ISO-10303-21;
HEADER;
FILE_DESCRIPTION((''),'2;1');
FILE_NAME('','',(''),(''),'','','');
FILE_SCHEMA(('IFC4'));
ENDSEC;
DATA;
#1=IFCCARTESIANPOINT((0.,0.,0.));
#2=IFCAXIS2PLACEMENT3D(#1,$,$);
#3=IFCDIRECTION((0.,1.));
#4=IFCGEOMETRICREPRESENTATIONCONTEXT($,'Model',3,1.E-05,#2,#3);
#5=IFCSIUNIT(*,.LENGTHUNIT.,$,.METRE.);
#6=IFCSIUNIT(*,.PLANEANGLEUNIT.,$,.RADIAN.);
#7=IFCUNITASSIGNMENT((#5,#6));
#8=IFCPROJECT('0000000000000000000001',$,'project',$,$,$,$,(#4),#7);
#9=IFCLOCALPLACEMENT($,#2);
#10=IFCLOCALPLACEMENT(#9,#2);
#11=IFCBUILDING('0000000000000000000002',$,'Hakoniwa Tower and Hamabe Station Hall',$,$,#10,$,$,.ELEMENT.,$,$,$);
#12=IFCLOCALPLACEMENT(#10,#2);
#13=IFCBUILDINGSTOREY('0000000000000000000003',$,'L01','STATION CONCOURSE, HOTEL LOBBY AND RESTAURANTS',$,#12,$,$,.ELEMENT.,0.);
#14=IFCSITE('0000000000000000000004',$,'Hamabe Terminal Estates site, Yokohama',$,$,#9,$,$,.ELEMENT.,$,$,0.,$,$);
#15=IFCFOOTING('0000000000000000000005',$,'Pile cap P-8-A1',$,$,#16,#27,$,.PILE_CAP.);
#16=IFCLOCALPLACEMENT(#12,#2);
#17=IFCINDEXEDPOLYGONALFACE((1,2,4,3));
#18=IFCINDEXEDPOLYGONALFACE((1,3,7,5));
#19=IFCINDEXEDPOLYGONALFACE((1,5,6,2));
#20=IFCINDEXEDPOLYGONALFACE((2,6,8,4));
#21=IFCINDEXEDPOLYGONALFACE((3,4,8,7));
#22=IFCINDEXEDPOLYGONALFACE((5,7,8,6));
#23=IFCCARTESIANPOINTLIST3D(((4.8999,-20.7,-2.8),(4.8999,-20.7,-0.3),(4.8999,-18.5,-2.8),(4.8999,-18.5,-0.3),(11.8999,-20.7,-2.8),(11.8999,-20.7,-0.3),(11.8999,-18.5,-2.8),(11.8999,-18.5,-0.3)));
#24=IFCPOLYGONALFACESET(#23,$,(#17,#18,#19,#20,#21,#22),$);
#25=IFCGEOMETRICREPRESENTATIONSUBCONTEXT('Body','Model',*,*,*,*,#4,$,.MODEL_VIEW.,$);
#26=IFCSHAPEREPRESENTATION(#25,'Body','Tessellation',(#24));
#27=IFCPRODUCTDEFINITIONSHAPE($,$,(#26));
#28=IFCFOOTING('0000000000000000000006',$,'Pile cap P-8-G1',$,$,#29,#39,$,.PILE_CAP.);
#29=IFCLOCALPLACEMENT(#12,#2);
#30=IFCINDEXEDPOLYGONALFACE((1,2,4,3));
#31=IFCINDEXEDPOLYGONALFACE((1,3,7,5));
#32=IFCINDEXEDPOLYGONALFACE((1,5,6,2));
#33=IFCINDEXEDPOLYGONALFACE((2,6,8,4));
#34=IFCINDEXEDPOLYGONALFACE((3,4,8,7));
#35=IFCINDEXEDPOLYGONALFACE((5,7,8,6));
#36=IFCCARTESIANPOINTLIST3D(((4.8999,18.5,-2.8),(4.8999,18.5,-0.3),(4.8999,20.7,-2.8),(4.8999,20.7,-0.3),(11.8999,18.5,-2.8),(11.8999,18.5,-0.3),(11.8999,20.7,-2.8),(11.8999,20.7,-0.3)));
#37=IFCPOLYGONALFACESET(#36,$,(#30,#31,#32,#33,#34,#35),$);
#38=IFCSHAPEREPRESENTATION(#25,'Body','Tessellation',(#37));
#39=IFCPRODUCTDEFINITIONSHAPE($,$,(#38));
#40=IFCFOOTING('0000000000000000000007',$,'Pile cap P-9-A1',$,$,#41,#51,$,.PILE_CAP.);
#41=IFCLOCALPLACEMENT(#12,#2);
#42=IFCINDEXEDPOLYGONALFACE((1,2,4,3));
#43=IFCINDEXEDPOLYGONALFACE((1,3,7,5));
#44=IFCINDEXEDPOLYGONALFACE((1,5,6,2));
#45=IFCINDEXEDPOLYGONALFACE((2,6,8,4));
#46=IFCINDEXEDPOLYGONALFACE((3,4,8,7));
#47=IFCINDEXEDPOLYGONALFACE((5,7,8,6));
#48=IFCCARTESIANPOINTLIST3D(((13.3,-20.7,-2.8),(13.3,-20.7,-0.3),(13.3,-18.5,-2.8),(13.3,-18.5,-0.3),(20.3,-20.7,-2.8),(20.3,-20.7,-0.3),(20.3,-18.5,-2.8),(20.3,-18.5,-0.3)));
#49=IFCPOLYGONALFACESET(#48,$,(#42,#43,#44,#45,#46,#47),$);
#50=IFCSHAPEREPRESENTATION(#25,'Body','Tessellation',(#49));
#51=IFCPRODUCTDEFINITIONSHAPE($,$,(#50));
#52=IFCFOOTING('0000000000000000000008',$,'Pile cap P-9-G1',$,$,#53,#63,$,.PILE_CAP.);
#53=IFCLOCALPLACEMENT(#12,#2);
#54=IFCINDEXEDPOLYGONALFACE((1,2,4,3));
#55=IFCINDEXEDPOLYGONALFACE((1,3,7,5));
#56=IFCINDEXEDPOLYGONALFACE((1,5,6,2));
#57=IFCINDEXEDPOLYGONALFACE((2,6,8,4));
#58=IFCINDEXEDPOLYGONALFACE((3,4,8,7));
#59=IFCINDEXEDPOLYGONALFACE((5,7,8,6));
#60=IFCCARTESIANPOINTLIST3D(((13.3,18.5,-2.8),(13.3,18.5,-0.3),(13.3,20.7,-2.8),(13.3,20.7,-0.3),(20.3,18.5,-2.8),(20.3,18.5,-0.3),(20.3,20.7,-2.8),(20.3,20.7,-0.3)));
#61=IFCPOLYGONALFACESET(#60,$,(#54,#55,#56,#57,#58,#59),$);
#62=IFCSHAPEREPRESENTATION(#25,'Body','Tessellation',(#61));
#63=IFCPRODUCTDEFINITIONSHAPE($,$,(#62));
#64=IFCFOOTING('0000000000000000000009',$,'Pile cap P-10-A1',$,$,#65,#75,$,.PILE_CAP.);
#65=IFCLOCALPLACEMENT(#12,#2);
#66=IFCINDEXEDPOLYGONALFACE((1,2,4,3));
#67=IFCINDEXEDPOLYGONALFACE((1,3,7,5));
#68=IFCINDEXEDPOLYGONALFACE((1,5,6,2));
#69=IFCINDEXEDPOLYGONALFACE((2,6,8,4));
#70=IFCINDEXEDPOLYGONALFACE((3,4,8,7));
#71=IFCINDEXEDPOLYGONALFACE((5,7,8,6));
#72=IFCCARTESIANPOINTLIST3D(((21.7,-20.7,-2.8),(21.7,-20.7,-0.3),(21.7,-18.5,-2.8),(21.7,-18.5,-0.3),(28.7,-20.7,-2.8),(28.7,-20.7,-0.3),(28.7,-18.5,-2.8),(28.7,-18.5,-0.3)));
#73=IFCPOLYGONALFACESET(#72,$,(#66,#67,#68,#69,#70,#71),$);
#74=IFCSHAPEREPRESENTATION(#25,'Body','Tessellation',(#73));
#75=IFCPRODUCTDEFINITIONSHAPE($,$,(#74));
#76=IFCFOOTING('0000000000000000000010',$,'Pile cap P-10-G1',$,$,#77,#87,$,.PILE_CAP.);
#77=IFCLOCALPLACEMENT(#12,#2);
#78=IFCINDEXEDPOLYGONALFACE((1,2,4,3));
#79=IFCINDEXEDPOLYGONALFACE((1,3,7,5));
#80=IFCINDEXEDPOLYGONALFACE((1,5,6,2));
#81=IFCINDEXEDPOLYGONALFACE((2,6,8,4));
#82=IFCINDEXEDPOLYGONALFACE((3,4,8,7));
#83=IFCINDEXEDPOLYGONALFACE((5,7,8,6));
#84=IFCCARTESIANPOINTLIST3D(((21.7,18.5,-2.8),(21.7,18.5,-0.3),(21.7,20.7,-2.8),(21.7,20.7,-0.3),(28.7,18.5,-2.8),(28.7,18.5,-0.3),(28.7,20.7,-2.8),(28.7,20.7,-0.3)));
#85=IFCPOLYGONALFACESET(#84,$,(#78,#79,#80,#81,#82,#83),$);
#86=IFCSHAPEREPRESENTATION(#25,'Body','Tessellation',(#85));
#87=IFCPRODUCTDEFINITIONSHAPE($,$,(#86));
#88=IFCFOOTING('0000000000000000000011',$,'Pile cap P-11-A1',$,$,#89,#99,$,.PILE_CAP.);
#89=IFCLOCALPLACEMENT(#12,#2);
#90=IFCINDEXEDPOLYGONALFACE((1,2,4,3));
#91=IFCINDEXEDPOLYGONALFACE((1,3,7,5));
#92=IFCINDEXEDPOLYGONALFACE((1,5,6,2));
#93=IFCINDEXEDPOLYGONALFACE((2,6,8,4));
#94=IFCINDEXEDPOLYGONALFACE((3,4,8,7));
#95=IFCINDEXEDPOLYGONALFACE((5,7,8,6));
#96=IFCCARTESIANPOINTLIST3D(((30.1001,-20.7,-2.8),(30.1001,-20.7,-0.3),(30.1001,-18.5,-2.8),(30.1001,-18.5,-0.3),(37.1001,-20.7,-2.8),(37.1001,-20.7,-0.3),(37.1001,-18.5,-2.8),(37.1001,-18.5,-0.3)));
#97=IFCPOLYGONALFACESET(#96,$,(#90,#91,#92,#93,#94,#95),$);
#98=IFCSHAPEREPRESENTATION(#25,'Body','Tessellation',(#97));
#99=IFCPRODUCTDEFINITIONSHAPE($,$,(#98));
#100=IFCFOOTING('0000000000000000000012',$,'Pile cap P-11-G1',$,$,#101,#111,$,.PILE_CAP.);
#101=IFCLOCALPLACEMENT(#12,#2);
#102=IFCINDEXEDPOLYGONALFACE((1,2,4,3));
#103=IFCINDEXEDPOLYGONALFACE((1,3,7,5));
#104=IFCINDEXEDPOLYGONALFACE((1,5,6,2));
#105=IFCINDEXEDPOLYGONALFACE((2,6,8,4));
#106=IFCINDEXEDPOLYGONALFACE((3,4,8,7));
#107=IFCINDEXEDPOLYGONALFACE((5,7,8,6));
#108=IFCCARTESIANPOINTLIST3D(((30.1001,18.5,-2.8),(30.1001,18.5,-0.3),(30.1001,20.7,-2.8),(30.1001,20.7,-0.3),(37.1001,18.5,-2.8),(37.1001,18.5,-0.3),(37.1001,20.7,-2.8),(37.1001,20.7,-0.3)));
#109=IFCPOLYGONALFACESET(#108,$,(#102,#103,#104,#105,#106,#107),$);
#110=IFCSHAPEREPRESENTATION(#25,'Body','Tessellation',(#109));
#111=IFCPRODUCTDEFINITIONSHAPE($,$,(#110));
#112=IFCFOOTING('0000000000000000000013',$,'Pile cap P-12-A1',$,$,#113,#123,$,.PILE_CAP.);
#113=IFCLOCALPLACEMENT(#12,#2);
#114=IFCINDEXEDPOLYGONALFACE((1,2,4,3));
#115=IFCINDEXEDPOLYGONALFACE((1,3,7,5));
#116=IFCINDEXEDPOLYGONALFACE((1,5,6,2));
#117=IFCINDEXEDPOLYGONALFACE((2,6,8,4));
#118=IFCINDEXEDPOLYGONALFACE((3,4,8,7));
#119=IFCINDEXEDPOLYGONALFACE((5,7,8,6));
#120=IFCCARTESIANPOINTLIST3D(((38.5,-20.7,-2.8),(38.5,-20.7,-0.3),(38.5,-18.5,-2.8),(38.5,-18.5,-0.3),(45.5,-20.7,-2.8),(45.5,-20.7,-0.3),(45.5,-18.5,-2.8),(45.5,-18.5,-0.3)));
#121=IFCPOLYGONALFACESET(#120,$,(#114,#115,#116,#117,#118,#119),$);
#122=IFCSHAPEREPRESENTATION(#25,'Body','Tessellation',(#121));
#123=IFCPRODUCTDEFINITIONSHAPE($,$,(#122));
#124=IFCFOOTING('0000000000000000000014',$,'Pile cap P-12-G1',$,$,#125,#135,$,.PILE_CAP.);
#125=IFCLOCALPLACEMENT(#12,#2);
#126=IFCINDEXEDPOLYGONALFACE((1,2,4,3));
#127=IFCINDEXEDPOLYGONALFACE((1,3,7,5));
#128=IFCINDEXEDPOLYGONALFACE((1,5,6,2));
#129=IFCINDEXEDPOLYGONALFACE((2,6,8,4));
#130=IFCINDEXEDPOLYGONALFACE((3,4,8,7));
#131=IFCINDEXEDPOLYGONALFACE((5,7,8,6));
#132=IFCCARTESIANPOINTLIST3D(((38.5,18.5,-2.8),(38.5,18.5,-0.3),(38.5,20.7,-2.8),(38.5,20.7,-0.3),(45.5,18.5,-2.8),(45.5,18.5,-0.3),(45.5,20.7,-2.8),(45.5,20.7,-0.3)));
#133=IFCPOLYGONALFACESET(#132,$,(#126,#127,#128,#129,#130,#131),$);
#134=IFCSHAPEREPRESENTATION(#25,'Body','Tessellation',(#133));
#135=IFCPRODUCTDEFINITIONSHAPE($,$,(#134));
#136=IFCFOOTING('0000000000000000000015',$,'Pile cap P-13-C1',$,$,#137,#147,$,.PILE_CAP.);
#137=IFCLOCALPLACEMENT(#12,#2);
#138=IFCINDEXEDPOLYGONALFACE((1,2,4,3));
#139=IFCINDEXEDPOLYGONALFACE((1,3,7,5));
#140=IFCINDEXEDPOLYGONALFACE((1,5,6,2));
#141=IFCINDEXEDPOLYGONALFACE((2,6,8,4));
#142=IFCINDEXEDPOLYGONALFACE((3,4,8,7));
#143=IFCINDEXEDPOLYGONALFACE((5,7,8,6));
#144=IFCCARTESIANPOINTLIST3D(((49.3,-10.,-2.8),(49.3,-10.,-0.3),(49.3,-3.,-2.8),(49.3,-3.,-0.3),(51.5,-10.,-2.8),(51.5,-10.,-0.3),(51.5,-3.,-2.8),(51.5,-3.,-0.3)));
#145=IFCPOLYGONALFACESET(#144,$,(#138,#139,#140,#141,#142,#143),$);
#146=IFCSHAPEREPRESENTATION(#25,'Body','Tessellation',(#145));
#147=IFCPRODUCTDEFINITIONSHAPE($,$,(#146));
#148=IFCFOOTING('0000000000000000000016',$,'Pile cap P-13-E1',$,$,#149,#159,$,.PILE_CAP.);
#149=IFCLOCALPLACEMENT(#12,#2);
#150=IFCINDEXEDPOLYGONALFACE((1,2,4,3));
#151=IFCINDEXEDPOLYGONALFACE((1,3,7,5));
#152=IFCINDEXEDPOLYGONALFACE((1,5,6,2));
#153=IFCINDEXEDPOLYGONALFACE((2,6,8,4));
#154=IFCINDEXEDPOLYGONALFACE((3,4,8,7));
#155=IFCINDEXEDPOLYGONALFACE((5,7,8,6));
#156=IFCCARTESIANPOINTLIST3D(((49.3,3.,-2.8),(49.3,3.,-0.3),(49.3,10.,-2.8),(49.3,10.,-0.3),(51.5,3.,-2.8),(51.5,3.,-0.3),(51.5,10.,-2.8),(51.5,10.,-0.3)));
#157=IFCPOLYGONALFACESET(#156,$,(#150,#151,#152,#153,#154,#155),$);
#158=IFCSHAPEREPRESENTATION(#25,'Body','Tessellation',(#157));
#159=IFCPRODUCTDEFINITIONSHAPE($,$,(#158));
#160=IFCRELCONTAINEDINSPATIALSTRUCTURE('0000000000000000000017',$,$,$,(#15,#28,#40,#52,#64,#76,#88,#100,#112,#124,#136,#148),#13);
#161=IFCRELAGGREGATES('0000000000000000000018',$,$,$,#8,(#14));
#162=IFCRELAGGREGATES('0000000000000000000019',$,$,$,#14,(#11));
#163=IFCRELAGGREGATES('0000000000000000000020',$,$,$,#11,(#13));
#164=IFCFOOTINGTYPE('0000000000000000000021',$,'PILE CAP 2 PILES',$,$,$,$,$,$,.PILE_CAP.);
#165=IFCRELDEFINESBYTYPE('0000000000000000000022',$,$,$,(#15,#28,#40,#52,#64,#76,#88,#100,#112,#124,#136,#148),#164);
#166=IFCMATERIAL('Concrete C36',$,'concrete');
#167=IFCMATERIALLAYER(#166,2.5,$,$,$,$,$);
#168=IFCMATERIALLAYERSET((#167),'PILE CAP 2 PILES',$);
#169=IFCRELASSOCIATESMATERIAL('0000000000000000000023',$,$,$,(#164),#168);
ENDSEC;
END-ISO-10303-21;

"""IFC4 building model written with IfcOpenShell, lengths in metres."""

from ifc_helpers import new_model, si_unit, direction, frame, origin, place, context, subcontext, project, spatial, polyline, outline, extrude, material, layer, layer_set, type_object, element, save


model = new_model("IFC4")

# Units and contexts
model_context = context("Model", 3, precision=1e-05, world=origin(), true_north=direction((0.0, 1.0)))
body_context = subcontext(model_context, "Body", "Model", "MODEL_VIEW")
ifc_project = project(units=[si_unit("LENGTHUNIT", "METRE"), si_unit("PLANEANGLEUNIT", "RADIAN")], contexts=[model_context])

# Site, building, storey
site_placement = place(None, origin())
site = spatial("IfcSite", under=ifc_project, at=site_placement, Name="Hamabe Terminal Estates site, Yokohama", CompositionType="ELEMENT", RefElevation=0.0)
building_placement = place(site_placement, origin())
building = spatial("IfcBuilding", under=site, at=building_placement, Name="Hakoniwa Tower and Hamabe Station Hall", CompositionType="ELEMENT")
storey_placement = place(building_placement, origin())
storey = spatial("IfcBuildingStorey", under=building, at=storey_placement, Name="L01", Description="STATION CONCOURSE, HOTEL LOBBY AND RESTAURANTS", CompositionType="ELEMENT", Elevation=0.0)

# Footings
ifc_material_1 = material(Name="Concrete C36", Category="concrete")
ifc_layer_1 = layer(ifc_material_1, 2.5)
ifc_layer_set_1 = layer_set([ifc_layer_1], Name="PILE CAP 2 PILES")
footing_type_1 = type_object("IfcFootingType", Name="PILE CAP 2 PILES", PredefinedType="PILE_CAP", material=ifc_layer_set_1)
footing_1_placement = place(storey_placement, frame((0.0, 0.0, -2.8)))
element("IfcFooting", 1, at=footing_1_placement, inside=storey, type_object=footing_type_1, Name="Pile cap P-8-A1", PredefinedType="PILE_CAP", context=body_context, shape_type="SweptSolid", body=[
    extrude(outline(polyline([(11.8999, -20.7), (11.8999, -18.5), (4.8999, -18.5), (4.8999, -20.7), (11.8999, -20.7)])), origin(), (0.0, 0.0, 1.0), 2.5),
])
footing_2_placement = place(storey_placement, frame((0.0, 0.0, -2.8)))
element("IfcFooting", 2, at=footing_2_placement, inside=storey, type_object=footing_type_1, Name="Pile cap P-8-G1", PredefinedType="PILE_CAP", context=body_context, shape_type="SweptSolid", body=[
    extrude(outline(polyline([(11.8999, 18.5), (11.8999, 20.7), (4.8999, 20.7), (4.8999, 18.5), (11.8999, 18.5)])), origin(), (0.0, 0.0, 1.0), 2.5),
])
footing_3_placement = place(storey_placement, frame((0.0, 0.0, -2.8)))
element("IfcFooting", 3, at=footing_3_placement, inside=storey, type_object=footing_type_1, Name="Pile cap P-9-A1", PredefinedType="PILE_CAP", context=body_context, shape_type="SweptSolid", body=[
    extrude(outline(polyline([(20.3, -20.7), (20.3, -18.5), (13.3, -18.5), (13.3, -20.7), (20.3, -20.7)])), origin(), (0.0, 0.0, 1.0), 2.5),
])
footing_4_placement = place(storey_placement, frame((0.0, 0.0, -2.8)))
element("IfcFooting", 4, at=footing_4_placement, inside=storey, type_object=footing_type_1, Name="Pile cap P-9-G1", PredefinedType="PILE_CAP", context=body_context, shape_type="SweptSolid", body=[
    extrude(outline(polyline([(20.3, 18.5), (20.3, 20.7), (13.3, 20.7), (13.3, 18.5), (20.3, 18.5)])), origin(), (0.0, 0.0, 1.0), 2.5),
])
footing_5_placement = place(storey_placement, frame((0.0, 0.0, -2.8)))
element("IfcFooting", 5, at=footing_5_placement, inside=storey, type_object=footing_type_1, Name="Pile cap P-10-A1", PredefinedType="PILE_CAP", context=body_context, shape_type="SweptSolid", body=[
    extrude(outline(polyline([(28.7, -20.7), (28.7, -18.5), (21.7, -18.5), (21.7, -20.7), (28.7, -20.7)])), origin(), (0.0, 0.0, 1.0), 2.5),
])
footing_6_placement = place(storey_placement, frame((0.0, 0.0, -2.8)))
element("IfcFooting", 6, at=footing_6_placement, inside=storey, type_object=footing_type_1, Name="Pile cap P-10-G1", PredefinedType="PILE_CAP", context=body_context, shape_type="SweptSolid", body=[
    extrude(outline(polyline([(28.7, 18.5), (28.7, 20.7), (21.7, 20.7), (21.7, 18.5), (28.7, 18.5)])), origin(), (0.0, 0.0, 1.0), 2.5),
])
footing_7_placement = place(storey_placement, frame((0.0, 0.0, -2.8)))
element("IfcFooting", 7, at=footing_7_placement, inside=storey, type_object=footing_type_1, Name="Pile cap P-11-A1", PredefinedType="PILE_CAP", context=body_context, shape_type="SweptSolid", body=[
    extrude(outline(polyline([(37.1001, -20.7), (37.1001, -18.5), (30.1001, -18.5), (30.1001, -20.7), (37.1001, -20.7)])), origin(), (0.0, 0.0, 1.0), 2.5),
])
footing_8_placement = place(storey_placement, frame((0.0, 0.0, -2.8)))
element("IfcFooting", 8, at=footing_8_placement, inside=storey, type_object=footing_type_1, Name="Pile cap P-11-G1", PredefinedType="PILE_CAP", context=body_context, shape_type="SweptSolid", body=[
    extrude(outline(polyline([(37.1001, 18.5), (37.1001, 20.7), (30.1001, 20.7), (30.1001, 18.5), (37.1001, 18.5)])), origin(), (0.0, 0.0, 1.0), 2.5),
])
footing_9_placement = place(storey_placement, frame((0.0, 0.0, -2.8)))
element("IfcFooting", 9, at=footing_9_placement, inside=storey, type_object=footing_type_1, Name="Pile cap P-12-A1", PredefinedType="PILE_CAP", context=body_context, shape_type="SweptSolid", body=[
    extrude(outline(polyline([(45.5, -20.7), (45.5, -18.5), (38.5, -18.5), (38.5, -20.7), (45.5, -20.7)])), origin(), (0.0, 0.0, 1.0), 2.5),
])
footing_10_placement = place(storey_placement, frame((0.0, 0.0, -2.8)))
element("IfcFooting", 10, at=footing_10_placement, inside=storey, type_object=footing_type_1, Name="Pile cap P-12-G1", PredefinedType="PILE_CAP", context=body_context, shape_type="SweptSolid", body=[
    extrude(outline(polyline([(45.5, 18.5), (45.5, 20.7), (38.5, 20.7), (38.5, 18.5), (45.5, 18.5)])), origin(), (0.0, 0.0, 1.0), 2.5),
])
footing_11_placement = place(storey_placement, frame((0.0, 0.0, -2.8)))
element("IfcFooting", 11, at=footing_11_placement, inside=storey, type_object=footing_type_1, Name="Pile cap P-13-C1", PredefinedType="PILE_CAP", context=body_context, shape_type="SweptSolid", body=[
    extrude(outline(polyline([(51.5, -10.0), (51.5, -3.0), (49.3, -3.0), (49.3, -10.0), (51.5, -10.0)])), origin(), (0.0, 0.0, 1.0), 2.5),
])
footing_12_placement = place(storey_placement, frame((0.0, 0.0, -2.8)))
element("IfcFooting", 12, at=footing_12_placement, inside=storey, type_object=footing_type_1, Name="Pile cap P-13-E1", PredefinedType="PILE_CAP", context=body_context, shape_type="SweptSolid", body=[
    extrude(outline(polyline([(51.5, 3.0), (51.5, 10.0), (49.3, 10.0), (49.3, 3.0), (51.5, 3.0)])), origin(), (0.0, 0.0, 1.0), 2.5),
])

save(model, "model.ifc")
